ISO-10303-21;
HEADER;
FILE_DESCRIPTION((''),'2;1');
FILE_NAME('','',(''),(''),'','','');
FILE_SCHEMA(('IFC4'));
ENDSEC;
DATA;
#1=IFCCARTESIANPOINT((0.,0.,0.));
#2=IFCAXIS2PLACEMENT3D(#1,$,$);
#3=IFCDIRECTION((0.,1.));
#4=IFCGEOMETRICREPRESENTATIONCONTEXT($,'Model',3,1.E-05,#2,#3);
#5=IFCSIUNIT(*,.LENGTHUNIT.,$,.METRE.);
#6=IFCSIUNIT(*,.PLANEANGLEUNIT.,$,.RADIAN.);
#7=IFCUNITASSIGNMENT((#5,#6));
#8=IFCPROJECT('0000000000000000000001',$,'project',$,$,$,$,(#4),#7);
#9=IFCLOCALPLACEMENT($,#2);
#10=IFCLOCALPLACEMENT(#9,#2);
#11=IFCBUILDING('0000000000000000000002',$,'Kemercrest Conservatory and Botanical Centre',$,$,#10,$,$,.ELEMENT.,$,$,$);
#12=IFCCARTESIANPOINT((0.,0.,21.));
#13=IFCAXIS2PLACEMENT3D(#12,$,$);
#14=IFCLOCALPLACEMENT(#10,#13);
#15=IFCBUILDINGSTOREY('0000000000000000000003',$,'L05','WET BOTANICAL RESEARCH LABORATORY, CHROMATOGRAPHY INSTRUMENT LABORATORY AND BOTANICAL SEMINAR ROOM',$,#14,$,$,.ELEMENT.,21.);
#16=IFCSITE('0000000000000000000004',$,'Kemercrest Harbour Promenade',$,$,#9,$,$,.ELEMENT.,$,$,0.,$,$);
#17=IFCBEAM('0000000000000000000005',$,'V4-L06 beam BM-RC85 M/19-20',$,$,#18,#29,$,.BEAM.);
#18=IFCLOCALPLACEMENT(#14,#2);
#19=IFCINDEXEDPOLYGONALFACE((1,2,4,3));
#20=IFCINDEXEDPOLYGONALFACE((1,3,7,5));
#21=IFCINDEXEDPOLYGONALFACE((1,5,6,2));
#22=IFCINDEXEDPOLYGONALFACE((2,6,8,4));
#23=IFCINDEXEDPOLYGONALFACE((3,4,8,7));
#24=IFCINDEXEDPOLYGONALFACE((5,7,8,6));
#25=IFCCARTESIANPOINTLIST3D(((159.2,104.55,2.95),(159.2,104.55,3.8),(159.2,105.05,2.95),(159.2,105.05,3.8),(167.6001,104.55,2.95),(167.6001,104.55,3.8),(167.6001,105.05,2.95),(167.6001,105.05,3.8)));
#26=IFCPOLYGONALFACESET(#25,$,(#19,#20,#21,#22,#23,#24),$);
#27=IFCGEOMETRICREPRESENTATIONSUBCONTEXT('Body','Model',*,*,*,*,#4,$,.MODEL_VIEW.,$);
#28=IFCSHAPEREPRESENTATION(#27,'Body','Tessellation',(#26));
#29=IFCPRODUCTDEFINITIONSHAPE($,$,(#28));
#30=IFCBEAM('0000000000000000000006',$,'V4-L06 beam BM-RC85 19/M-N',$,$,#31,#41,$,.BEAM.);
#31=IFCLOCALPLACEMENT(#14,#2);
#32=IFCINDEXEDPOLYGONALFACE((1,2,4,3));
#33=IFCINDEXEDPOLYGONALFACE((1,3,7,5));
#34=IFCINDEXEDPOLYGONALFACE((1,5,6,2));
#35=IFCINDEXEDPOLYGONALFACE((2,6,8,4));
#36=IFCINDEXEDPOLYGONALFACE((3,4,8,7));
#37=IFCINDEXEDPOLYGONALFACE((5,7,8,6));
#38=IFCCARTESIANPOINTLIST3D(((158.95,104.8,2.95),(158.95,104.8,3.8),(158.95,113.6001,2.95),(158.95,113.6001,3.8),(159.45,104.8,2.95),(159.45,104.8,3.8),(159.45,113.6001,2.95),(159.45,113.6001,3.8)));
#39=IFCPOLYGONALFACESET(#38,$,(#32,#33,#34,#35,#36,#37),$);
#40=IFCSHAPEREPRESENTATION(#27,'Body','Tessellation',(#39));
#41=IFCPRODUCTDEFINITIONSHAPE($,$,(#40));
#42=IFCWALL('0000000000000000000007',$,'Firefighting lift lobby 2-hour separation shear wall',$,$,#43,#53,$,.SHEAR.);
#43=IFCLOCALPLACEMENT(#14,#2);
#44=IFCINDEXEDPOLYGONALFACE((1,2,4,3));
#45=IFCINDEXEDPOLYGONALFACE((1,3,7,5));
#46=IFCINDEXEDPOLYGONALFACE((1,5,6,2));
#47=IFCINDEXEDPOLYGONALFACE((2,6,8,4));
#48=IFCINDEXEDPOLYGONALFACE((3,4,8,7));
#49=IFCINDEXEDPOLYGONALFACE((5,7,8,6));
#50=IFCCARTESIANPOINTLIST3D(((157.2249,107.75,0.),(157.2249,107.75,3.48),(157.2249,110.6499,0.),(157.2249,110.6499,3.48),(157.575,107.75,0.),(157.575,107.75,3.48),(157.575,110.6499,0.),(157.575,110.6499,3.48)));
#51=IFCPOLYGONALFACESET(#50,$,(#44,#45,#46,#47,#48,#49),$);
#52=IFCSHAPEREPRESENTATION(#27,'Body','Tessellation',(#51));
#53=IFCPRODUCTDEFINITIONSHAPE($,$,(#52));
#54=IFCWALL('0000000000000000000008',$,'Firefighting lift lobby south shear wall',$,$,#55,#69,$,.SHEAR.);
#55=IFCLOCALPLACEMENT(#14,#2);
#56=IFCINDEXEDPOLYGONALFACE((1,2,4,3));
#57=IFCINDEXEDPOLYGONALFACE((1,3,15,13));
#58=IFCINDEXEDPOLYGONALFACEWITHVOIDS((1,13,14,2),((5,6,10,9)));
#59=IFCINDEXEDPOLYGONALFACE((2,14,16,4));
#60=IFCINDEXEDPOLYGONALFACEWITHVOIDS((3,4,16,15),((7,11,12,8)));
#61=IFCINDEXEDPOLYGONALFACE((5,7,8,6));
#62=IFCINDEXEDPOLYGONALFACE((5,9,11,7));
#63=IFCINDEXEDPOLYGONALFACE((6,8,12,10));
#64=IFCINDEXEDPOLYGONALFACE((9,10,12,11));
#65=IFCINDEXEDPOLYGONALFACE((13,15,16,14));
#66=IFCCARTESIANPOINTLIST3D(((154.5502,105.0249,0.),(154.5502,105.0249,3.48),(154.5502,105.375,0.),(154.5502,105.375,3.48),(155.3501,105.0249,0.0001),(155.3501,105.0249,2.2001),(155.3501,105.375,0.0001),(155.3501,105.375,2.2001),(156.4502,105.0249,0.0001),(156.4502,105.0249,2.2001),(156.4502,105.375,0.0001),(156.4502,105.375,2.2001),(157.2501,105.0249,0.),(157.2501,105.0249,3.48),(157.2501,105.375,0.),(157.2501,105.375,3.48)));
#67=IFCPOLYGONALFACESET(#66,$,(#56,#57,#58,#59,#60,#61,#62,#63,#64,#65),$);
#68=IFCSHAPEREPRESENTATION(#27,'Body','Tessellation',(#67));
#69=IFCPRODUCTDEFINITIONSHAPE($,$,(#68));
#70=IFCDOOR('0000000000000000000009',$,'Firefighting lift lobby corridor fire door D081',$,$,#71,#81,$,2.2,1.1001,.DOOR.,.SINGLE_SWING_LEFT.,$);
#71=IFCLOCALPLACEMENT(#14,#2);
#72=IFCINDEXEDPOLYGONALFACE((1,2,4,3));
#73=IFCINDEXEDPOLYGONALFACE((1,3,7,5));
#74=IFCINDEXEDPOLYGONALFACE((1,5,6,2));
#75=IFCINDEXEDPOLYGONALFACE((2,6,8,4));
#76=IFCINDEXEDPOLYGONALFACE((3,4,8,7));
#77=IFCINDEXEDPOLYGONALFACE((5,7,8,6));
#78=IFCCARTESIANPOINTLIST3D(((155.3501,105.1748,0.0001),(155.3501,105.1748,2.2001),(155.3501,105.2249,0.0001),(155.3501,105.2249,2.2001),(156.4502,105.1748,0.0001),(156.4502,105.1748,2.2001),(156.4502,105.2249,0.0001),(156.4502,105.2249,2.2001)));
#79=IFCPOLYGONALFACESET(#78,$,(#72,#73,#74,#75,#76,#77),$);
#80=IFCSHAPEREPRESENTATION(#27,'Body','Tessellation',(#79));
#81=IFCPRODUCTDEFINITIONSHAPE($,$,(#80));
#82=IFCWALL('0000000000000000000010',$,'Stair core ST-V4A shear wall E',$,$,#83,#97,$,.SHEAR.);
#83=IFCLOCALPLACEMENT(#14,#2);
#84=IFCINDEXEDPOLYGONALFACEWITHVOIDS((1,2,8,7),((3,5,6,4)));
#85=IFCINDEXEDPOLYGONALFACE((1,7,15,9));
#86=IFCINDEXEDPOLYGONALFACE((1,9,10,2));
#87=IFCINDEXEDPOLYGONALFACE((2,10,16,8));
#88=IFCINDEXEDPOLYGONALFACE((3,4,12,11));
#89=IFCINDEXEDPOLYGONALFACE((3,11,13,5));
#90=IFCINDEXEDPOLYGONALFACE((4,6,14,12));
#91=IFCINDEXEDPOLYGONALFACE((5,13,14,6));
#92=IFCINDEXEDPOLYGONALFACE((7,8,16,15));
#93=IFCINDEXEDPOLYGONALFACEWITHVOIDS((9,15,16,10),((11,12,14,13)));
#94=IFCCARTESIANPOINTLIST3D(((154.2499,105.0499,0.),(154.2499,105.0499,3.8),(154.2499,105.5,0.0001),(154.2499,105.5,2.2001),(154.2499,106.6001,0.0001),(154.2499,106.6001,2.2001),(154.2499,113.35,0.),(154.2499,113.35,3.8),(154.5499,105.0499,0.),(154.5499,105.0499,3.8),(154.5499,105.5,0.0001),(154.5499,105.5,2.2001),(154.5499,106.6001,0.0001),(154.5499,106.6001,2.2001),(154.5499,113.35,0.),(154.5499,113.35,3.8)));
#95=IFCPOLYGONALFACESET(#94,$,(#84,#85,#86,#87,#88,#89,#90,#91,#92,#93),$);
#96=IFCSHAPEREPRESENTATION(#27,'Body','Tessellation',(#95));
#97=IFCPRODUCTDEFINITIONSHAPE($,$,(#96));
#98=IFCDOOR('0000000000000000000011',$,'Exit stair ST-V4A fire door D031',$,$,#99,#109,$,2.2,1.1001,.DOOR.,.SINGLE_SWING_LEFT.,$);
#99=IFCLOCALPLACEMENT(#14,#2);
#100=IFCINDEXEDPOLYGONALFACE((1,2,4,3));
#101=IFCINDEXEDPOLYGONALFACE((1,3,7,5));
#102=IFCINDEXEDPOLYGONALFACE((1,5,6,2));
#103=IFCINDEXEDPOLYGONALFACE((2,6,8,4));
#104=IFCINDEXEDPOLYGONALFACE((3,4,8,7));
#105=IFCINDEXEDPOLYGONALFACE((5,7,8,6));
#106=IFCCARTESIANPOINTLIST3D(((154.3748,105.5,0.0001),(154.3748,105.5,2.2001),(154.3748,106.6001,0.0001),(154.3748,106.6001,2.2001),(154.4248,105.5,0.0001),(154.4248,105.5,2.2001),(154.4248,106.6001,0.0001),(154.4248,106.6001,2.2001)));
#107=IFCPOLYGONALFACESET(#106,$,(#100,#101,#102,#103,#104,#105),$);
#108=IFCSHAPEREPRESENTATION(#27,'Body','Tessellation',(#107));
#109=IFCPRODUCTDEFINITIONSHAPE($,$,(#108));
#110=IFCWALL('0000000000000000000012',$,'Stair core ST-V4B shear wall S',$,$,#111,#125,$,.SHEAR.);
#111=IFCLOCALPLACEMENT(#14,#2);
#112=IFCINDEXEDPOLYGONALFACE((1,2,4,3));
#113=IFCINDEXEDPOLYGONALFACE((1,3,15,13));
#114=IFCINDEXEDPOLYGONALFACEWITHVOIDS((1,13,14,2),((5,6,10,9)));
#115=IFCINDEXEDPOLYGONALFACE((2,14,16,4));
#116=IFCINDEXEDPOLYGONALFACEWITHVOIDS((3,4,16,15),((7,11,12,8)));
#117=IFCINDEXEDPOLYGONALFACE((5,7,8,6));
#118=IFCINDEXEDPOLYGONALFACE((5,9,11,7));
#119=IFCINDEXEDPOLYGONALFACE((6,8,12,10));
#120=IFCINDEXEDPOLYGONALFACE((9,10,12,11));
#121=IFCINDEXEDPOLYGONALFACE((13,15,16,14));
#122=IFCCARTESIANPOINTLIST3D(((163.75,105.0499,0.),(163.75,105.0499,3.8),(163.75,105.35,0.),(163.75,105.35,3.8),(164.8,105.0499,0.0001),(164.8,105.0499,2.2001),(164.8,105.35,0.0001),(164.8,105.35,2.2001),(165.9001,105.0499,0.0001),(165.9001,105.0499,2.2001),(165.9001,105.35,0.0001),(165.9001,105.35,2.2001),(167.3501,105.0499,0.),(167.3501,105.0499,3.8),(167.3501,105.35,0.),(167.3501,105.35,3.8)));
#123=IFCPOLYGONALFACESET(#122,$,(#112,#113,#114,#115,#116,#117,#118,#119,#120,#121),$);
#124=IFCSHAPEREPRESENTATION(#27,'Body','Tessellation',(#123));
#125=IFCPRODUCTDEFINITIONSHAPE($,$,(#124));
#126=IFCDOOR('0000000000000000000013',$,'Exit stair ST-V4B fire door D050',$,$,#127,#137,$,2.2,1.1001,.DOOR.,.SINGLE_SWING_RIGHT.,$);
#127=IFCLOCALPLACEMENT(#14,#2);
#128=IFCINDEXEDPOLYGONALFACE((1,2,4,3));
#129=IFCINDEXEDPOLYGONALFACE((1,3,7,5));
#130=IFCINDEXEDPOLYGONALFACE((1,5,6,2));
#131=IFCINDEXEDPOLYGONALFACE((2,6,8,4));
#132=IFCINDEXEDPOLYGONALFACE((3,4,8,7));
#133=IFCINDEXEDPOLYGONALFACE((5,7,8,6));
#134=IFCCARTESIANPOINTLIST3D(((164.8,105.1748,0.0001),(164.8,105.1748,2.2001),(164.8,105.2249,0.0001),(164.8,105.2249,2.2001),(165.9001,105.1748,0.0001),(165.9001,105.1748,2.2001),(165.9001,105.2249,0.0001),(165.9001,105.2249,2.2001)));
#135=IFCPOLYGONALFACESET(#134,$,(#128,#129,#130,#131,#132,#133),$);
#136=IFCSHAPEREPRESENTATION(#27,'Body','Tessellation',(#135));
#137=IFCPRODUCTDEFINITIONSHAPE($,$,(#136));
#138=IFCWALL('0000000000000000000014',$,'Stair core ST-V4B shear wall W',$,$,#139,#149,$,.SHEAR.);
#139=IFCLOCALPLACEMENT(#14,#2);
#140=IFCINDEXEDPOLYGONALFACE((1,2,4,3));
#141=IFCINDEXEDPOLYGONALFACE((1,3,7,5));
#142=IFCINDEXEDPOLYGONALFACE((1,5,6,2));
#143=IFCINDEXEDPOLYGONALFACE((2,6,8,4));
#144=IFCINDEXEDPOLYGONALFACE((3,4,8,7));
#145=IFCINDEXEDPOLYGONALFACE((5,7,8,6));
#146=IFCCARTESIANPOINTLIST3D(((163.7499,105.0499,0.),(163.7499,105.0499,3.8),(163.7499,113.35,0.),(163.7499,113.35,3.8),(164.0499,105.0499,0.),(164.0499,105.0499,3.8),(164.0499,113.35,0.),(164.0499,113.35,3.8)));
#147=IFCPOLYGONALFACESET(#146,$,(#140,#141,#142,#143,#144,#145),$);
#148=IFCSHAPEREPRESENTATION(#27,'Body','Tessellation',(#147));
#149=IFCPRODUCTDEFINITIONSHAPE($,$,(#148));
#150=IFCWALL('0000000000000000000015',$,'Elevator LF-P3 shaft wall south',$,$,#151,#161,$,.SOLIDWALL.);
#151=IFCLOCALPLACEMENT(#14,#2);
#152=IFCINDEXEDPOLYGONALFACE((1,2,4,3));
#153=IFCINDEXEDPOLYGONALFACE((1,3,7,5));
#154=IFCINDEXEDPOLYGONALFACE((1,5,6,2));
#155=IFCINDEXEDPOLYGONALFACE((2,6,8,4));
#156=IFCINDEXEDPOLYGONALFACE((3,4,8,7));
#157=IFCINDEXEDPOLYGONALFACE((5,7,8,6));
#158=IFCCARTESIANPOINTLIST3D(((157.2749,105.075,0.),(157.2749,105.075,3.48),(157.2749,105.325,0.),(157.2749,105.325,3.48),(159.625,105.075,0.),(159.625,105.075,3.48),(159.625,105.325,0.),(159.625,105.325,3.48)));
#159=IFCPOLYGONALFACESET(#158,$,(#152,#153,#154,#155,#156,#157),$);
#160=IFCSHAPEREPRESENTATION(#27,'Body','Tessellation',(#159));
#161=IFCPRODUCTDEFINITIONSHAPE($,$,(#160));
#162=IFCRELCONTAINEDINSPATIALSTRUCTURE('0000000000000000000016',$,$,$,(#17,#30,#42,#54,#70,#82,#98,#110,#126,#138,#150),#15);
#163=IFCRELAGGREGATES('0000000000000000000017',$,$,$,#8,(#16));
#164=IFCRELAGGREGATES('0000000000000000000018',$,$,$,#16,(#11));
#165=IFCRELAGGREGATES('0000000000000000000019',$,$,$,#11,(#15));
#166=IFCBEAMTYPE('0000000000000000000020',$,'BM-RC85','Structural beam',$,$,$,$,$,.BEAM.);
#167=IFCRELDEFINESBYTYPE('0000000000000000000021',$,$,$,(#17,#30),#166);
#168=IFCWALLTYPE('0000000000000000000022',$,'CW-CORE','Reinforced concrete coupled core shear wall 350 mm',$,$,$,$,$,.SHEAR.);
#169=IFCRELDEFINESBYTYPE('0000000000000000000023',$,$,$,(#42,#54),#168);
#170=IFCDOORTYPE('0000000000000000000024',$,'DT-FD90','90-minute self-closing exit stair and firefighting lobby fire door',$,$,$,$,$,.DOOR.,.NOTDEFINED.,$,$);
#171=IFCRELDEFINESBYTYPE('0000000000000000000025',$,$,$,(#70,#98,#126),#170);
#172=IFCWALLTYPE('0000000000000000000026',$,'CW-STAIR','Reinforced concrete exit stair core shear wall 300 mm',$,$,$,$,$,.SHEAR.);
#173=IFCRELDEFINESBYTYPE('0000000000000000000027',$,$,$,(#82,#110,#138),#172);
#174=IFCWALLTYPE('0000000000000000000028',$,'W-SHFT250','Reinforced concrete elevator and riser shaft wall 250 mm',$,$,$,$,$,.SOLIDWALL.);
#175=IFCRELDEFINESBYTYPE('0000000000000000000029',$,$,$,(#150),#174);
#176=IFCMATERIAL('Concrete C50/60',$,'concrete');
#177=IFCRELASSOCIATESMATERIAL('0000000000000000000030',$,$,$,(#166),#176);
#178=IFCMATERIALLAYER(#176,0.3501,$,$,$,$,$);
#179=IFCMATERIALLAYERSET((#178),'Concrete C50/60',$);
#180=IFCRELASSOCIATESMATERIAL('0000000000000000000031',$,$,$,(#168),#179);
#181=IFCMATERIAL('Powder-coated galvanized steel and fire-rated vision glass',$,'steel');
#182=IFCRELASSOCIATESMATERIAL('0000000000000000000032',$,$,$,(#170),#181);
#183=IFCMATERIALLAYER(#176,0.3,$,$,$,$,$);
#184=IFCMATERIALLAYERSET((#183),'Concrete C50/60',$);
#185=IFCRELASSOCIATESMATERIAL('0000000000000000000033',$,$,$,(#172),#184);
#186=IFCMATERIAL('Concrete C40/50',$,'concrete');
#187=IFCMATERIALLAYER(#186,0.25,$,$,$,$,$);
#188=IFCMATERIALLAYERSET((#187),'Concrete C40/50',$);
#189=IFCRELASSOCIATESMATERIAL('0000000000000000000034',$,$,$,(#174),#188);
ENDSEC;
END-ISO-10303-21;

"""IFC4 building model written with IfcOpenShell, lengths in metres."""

from ifc_helpers import new_model, si_unit, direction, frame, frame_2d, origin, origin_2d, place, context, subcontext, project, spatial, rectangle, extrude, material, layer, layer_set, material_profile, profile_set, type_object, element, fill, save


model = new_model("IFC4")

# Units and contexts
model_context = context("Model", 3, precision=1e-05, world=origin(), true_north=direction((0.0, 1.0)))
body_context = subcontext(model_context, "Body", "Model", "MODEL_VIEW")
ifc_project = project(units=[si_unit("LENGTHUNIT", "METRE"), si_unit("PLANEANGLEUNIT", "RADIAN")], contexts=[model_context])

# Site, building, storey
site_placement = place(None, origin())
site = spatial("IfcSite", under=ifc_project, at=site_placement, Name="Kemercrest Harbour Promenade", CompositionType="ELEMENT", RefElevation=0.0)
building_placement = place(site_placement, origin())
building = spatial("IfcBuilding", under=site, at=building_placement, Name="Kemercrest Conservatory and Botanical Centre", CompositionType="ELEMENT")
storey_placement = place(building_placement, frame((0.0, 0.0, 21.0)))
storey = spatial("IfcBuildingStorey", under=building, at=storey_placement, Name="L05", Description="WET BOTANICAL RESEARCH LABORATORY, CHROMATOGRAPHY INSTRUMENT LABORATORY AND BOTANICAL SEMINAR ROOM", CompositionType="ELEMENT", Elevation=21.0)

# Beams
ifc_material_1 = material(Name="Concrete C50/60", Category="concrete")
ifc_material_profile = material_profile(ifc_material_1, rectangle(XDim=0.5, YDim=0.8501, at=origin_2d()), Name="RC 500x850")
ifc_profile_set = profile_set([ifc_material_profile], Name="Concrete C50/60")
beam_type = type_object("IfcBeamType", Name="BM-RC85", Description="Structural beam", PredefinedType="BEAM", material=ifc_profile_set)
beam_1_placement = place(storey_placement, frame((159.2, 104.8, 3.375), z_axis=(1.0, 0.0, 0.0), x_axis=(0.0, 1.0, 0.0)))
element("IfcBeam", 1, at=beam_1_placement, inside=storey, type_object=beam_type, Name="V4-L06 beam BM-RC85 M/19-20", PredefinedType="BEAM", context=body_context, shape_type="SweptSolid", body=[
    extrude(rectangle(XDim=0.5, YDim=0.8501, at=origin_2d()), origin(), (0.0, 0.0, 1.0), 8.4001),
])
beam_2_placement = place(storey_placement, frame((159.2, 104.8, 3.375), z_axis=(0.0, 1.0, 0.0), x_axis=(-1.0, 0.0, 0.0)))
element("IfcBeam", 2, at=beam_2_placement, inside=storey, type_object=beam_type, Name="V4-L06 beam BM-RC85 19/M-N", PredefinedType="BEAM", context=body_context, shape_type="SweptSolid", body=[
    extrude(rectangle(XDim=0.5, YDim=0.8501, at=origin_2d()), origin(), (0.0, 0.0, 1.0), 8.8),
])

# Wall
ifc_layer_1 = layer(ifc_material_1, 0.3501)
ifc_layer_set_1 = layer_set([ifc_layer_1], Name="Concrete C50/60")
wall_type_1 = type_object("IfcWallType", Name="CW-CORE", Description="Reinforced concrete coupled core shear wall 350 mm", PredefinedType="SHEAR", material=ifc_layer_set_1)
wall_1_placement = place(storey_placement, frame((157.3999, 107.75, 0.0), z_axis=(0.0, 0.0, 1.0), x_axis=(0.0, 1.0, 0.0)))
element("IfcWall", 3, at=wall_1_placement, inside=storey, type_object=wall_type_1, Name="Firefighting lift lobby 2-hour separation shear wall", PredefinedType="SHEAR", context=body_context, shape_type="SweptSolid", body=[
    extrude(rectangle(XDim=2.8999, YDim=0.3501, at=frame_2d((1.45, 0.0))), origin(), (0.0, 0.0, 1.0), 3.48),
])

# Walls, openings, doors
wall_2_placement = place(storey_placement, frame((154.55, 105.2, 0.0), z_axis=(0.0, 0.0, 1.0), x_axis=(1.0, 0.0, 0.0)))
wall_2 = element("IfcWall", 4, at=wall_2_placement, inside=storey, type_object=wall_type_1, Name="Firefighting lift lobby south shear wall", PredefinedType="SHEAR", context=body_context, shape_type="SweptSolid", body=[
    extrude(rectangle(XDim=2.7, YDim=0.3501, at=frame_2d((1.3501, 0.0))), origin(), (0.0, 0.0, 1.0), 3.48),
])
opening_1_placement = place(wall_2_placement, frame((0.8, 0.0, 0.0)))
opening_1 = element("IfcOpeningElement", 5, at=opening_1_placement, cuts=wall_2, PredefinedType="OPENING", context=body_context, shape_type="SweptSolid", body=[
    extrude(rectangle(XDim=1.1001, YDim=2.2, at=frame_2d((0.55, 1.1001))), frame((0.0, 0.1851, 0.0), z_axis=(0.0, -1.0, 0.0), x_axis=(1.0, 0.0, 0.0)), (0.0, 0.0, 1.0), 0.3701),
])
ifc_material_2 = material(Name="Powder-coated galvanized steel and fire-rated vision glass", Category="steel")
door_type_1 = type_object("IfcDoorType", Name="DT-FD90", Description="90-minute self-closing exit stair and firefighting lobby fire door", OperationType="NOTDEFINED", PredefinedType="DOOR", material=ifc_material_2)
door_1_placement = place(opening_1_placement, origin())
door_1 = element("IfcDoor", 6, at=door_1_placement, inside=storey, type_object=door_type_1, Name="Firefighting lift lobby corridor fire door D081", OperationType="SINGLE_SWING_LEFT", OverallHeight=2.2, OverallWidth=1.1001, PredefinedType="DOOR", context=body_context, shape_type="SweptSolid", body=[
    extrude(rectangle(XDim=1.1001, YDim=2.2, at=frame_2d((0.55, 1.1001))), frame((0.0, 0.0249, 0.0), z_axis=(0.0, -1.0, 0.0), x_axis=(1.0, 0.0, 0.0)), (0.0, 0.0, 1.0), 0.05),
])
fill(opening_1, door_1)
ifc_layer_2 = layer(ifc_material_1, 0.3)
ifc_layer_set_2 = layer_set([ifc_layer_2], Name="Concrete C50/60")
wall_type_2 = type_object("IfcWallType", Name="CW-STAIR", Description="Reinforced concrete exit stair core shear wall 300 mm", PredefinedType="SHEAR", material=ifc_layer_set_2)
wall_3_placement = place(storey_placement, frame((154.3999, 105.05, 0.0), z_axis=(0.0, 0.0, 1.0), x_axis=(0.0, 1.0, 0.0)))
wall_3 = element("IfcWall", 7, at=wall_3_placement, inside=storey, type_object=wall_type_2, Name="Stair core ST-V4A shear wall E", PredefinedType="SHEAR", context=body_context, shape_type="SweptSolid", body=[
    extrude(rectangle(XDim=8.3, YDim=0.3, at=frame_2d((4.1499, 0.0))), origin(), (0.0, 0.0, 1.0), 3.8),
])
opening_2_placement = place(wall_3_placement, frame((0.45, 0.0, 0.0)))
opening_2 = element("IfcOpeningElement", 8, at=opening_2_placement, cuts=wall_3, PredefinedType="OPENING", context=body_context, shape_type="SweptSolid", body=[
    extrude(rectangle(XDim=1.1001, YDim=2.2, at=frame_2d((0.55, 1.1001))), frame((0.0, 0.1602, 0.0), z_axis=(0.0, -1.0, 0.0), x_axis=(1.0, 0.0, 0.0)), (0.0, 0.0, 1.0), 0.3201),
])
door_2_placement = place(opening_2_placement, frame((1.1001, 0.0, 0.0), z_axis=(0.0, 0.0, 1.0), x_axis=(-1.0, 0.0, 0.0)))
door_2 = element("IfcDoor", 9, at=door_2_placement, inside=storey, type_object=door_type_1, Name="Exit stair ST-V4A fire door D031", OperationType="SINGLE_SWING_LEFT", OverallHeight=2.2, OverallWidth=1.1001, PredefinedType="DOOR", context=body_context, shape_type="SweptSolid", body=[
    extrude(rectangle(XDim=1.1001, YDim=2.2, at=frame_2d((0.55, 1.1001))), frame((0.0, 0.0249, 0.0), z_axis=(0.0, -1.0, 0.0), x_axis=(1.0, 0.0, 0.0)), (0.0, 0.0, 1.0), 0.05),
])
fill(opening_2, door_2)
wall_4_placement = place(storey_placement, frame((163.75, 105.2, 0.0), z_axis=(0.0, 0.0, 1.0), x_axis=(1.0, 0.0, 0.0)))
wall_4 = element("IfcWall", 10, at=wall_4_placement, inside=storey, type_object=wall_type_2, Name="Stair core ST-V4B shear wall S", PredefinedType="SHEAR", context=body_context, shape_type="SweptSolid", body=[
    extrude(rectangle(XDim=3.6001, YDim=0.3, at=frame_2d((1.8, 0.0))), origin(), (0.0, 0.0, 1.0), 3.8),
])
opening_3_placement = place(wall_4_placement, frame((1.05, 0.0, 0.0)))
opening_3 = element("IfcOpeningElement", 11, at=opening_3_placement, cuts=wall_4, PredefinedType="OPENING", context=body_context, shape_type="SweptSolid", body=[
    extrude(rectangle(XDim=1.1001, YDim=2.2, at=frame_2d((0.55, 1.1001))), frame((0.0, 0.1602, 0.0), z_axis=(0.0, -1.0, 0.0), x_axis=(1.0, 0.0, 0.0)), (0.0, 0.0, 1.0), 0.3201),
])
door_3_placement = place(opening_3_placement, origin())
door_3 = element("IfcDoor", 12, at=door_3_placement, inside=storey, type_object=door_type_1, Name="Exit stair ST-V4B fire door D050", OperationType="SINGLE_SWING_RIGHT", OverallHeight=2.2, OverallWidth=1.1001, PredefinedType="DOOR", context=body_context, shape_type="SweptSolid", body=[
    extrude(rectangle(XDim=1.1001, YDim=2.2, at=frame_2d((0.55, 1.1001))), frame((0.0, 0.0249, 0.0), z_axis=(0.0, -1.0, 0.0), x_axis=(1.0, 0.0, 0.0)), (0.0, 0.0, 1.0), 0.05),
])
fill(opening_3, door_3)

# Walls
wall_5_placement = place(storey_placement, frame((163.8999, 105.05, 0.0), z_axis=(0.0, 0.0, 1.0), x_axis=(0.0, 1.0, 0.0)))
element("IfcWall", 13, at=wall_5_placement, inside=storey, type_object=wall_type_2, Name="Stair core ST-V4B shear wall W", PredefinedType="SHEAR", context=body_context, shape_type="SweptSolid", body=[
    extrude(rectangle(XDim=8.3, YDim=0.3, at=frame_2d((4.1499, 0.0))), origin(), (0.0, 0.0, 1.0), 3.8),
])
ifc_material_3 = material(Name="Concrete C40/50", Category="concrete")
ifc_layer_3 = layer(ifc_material_3, 0.25)
ifc_layer_set_3 = layer_set([ifc_layer_3], Name="Concrete C40/50")
wall_type_3 = type_object("IfcWallType", Name="W-SHFT250", Description="Reinforced concrete elevator and riser shaft wall 250 mm", PredefinedType="SOLIDWALL", material=ifc_layer_set_3)
wall_6_placement = place(storey_placement, frame((157.2749, 105.2, 0.0), z_axis=(0.0, 0.0, 1.0), x_axis=(1.0, 0.0, 0.0)))
element("IfcWall", 14, at=wall_6_placement, inside=storey, type_object=wall_type_3, Name="Elevator LF-P3 shaft wall south", PredefinedType="SOLIDWALL", context=body_context, shape_type="SweptSolid", body=[
    extrude(rectangle(XDim=2.3501, YDim=0.25, at=frame_2d((1.175, 0.0))), origin(), (0.0, 0.0, 1.0), 3.48),
])

save(model, "model.ifc")
